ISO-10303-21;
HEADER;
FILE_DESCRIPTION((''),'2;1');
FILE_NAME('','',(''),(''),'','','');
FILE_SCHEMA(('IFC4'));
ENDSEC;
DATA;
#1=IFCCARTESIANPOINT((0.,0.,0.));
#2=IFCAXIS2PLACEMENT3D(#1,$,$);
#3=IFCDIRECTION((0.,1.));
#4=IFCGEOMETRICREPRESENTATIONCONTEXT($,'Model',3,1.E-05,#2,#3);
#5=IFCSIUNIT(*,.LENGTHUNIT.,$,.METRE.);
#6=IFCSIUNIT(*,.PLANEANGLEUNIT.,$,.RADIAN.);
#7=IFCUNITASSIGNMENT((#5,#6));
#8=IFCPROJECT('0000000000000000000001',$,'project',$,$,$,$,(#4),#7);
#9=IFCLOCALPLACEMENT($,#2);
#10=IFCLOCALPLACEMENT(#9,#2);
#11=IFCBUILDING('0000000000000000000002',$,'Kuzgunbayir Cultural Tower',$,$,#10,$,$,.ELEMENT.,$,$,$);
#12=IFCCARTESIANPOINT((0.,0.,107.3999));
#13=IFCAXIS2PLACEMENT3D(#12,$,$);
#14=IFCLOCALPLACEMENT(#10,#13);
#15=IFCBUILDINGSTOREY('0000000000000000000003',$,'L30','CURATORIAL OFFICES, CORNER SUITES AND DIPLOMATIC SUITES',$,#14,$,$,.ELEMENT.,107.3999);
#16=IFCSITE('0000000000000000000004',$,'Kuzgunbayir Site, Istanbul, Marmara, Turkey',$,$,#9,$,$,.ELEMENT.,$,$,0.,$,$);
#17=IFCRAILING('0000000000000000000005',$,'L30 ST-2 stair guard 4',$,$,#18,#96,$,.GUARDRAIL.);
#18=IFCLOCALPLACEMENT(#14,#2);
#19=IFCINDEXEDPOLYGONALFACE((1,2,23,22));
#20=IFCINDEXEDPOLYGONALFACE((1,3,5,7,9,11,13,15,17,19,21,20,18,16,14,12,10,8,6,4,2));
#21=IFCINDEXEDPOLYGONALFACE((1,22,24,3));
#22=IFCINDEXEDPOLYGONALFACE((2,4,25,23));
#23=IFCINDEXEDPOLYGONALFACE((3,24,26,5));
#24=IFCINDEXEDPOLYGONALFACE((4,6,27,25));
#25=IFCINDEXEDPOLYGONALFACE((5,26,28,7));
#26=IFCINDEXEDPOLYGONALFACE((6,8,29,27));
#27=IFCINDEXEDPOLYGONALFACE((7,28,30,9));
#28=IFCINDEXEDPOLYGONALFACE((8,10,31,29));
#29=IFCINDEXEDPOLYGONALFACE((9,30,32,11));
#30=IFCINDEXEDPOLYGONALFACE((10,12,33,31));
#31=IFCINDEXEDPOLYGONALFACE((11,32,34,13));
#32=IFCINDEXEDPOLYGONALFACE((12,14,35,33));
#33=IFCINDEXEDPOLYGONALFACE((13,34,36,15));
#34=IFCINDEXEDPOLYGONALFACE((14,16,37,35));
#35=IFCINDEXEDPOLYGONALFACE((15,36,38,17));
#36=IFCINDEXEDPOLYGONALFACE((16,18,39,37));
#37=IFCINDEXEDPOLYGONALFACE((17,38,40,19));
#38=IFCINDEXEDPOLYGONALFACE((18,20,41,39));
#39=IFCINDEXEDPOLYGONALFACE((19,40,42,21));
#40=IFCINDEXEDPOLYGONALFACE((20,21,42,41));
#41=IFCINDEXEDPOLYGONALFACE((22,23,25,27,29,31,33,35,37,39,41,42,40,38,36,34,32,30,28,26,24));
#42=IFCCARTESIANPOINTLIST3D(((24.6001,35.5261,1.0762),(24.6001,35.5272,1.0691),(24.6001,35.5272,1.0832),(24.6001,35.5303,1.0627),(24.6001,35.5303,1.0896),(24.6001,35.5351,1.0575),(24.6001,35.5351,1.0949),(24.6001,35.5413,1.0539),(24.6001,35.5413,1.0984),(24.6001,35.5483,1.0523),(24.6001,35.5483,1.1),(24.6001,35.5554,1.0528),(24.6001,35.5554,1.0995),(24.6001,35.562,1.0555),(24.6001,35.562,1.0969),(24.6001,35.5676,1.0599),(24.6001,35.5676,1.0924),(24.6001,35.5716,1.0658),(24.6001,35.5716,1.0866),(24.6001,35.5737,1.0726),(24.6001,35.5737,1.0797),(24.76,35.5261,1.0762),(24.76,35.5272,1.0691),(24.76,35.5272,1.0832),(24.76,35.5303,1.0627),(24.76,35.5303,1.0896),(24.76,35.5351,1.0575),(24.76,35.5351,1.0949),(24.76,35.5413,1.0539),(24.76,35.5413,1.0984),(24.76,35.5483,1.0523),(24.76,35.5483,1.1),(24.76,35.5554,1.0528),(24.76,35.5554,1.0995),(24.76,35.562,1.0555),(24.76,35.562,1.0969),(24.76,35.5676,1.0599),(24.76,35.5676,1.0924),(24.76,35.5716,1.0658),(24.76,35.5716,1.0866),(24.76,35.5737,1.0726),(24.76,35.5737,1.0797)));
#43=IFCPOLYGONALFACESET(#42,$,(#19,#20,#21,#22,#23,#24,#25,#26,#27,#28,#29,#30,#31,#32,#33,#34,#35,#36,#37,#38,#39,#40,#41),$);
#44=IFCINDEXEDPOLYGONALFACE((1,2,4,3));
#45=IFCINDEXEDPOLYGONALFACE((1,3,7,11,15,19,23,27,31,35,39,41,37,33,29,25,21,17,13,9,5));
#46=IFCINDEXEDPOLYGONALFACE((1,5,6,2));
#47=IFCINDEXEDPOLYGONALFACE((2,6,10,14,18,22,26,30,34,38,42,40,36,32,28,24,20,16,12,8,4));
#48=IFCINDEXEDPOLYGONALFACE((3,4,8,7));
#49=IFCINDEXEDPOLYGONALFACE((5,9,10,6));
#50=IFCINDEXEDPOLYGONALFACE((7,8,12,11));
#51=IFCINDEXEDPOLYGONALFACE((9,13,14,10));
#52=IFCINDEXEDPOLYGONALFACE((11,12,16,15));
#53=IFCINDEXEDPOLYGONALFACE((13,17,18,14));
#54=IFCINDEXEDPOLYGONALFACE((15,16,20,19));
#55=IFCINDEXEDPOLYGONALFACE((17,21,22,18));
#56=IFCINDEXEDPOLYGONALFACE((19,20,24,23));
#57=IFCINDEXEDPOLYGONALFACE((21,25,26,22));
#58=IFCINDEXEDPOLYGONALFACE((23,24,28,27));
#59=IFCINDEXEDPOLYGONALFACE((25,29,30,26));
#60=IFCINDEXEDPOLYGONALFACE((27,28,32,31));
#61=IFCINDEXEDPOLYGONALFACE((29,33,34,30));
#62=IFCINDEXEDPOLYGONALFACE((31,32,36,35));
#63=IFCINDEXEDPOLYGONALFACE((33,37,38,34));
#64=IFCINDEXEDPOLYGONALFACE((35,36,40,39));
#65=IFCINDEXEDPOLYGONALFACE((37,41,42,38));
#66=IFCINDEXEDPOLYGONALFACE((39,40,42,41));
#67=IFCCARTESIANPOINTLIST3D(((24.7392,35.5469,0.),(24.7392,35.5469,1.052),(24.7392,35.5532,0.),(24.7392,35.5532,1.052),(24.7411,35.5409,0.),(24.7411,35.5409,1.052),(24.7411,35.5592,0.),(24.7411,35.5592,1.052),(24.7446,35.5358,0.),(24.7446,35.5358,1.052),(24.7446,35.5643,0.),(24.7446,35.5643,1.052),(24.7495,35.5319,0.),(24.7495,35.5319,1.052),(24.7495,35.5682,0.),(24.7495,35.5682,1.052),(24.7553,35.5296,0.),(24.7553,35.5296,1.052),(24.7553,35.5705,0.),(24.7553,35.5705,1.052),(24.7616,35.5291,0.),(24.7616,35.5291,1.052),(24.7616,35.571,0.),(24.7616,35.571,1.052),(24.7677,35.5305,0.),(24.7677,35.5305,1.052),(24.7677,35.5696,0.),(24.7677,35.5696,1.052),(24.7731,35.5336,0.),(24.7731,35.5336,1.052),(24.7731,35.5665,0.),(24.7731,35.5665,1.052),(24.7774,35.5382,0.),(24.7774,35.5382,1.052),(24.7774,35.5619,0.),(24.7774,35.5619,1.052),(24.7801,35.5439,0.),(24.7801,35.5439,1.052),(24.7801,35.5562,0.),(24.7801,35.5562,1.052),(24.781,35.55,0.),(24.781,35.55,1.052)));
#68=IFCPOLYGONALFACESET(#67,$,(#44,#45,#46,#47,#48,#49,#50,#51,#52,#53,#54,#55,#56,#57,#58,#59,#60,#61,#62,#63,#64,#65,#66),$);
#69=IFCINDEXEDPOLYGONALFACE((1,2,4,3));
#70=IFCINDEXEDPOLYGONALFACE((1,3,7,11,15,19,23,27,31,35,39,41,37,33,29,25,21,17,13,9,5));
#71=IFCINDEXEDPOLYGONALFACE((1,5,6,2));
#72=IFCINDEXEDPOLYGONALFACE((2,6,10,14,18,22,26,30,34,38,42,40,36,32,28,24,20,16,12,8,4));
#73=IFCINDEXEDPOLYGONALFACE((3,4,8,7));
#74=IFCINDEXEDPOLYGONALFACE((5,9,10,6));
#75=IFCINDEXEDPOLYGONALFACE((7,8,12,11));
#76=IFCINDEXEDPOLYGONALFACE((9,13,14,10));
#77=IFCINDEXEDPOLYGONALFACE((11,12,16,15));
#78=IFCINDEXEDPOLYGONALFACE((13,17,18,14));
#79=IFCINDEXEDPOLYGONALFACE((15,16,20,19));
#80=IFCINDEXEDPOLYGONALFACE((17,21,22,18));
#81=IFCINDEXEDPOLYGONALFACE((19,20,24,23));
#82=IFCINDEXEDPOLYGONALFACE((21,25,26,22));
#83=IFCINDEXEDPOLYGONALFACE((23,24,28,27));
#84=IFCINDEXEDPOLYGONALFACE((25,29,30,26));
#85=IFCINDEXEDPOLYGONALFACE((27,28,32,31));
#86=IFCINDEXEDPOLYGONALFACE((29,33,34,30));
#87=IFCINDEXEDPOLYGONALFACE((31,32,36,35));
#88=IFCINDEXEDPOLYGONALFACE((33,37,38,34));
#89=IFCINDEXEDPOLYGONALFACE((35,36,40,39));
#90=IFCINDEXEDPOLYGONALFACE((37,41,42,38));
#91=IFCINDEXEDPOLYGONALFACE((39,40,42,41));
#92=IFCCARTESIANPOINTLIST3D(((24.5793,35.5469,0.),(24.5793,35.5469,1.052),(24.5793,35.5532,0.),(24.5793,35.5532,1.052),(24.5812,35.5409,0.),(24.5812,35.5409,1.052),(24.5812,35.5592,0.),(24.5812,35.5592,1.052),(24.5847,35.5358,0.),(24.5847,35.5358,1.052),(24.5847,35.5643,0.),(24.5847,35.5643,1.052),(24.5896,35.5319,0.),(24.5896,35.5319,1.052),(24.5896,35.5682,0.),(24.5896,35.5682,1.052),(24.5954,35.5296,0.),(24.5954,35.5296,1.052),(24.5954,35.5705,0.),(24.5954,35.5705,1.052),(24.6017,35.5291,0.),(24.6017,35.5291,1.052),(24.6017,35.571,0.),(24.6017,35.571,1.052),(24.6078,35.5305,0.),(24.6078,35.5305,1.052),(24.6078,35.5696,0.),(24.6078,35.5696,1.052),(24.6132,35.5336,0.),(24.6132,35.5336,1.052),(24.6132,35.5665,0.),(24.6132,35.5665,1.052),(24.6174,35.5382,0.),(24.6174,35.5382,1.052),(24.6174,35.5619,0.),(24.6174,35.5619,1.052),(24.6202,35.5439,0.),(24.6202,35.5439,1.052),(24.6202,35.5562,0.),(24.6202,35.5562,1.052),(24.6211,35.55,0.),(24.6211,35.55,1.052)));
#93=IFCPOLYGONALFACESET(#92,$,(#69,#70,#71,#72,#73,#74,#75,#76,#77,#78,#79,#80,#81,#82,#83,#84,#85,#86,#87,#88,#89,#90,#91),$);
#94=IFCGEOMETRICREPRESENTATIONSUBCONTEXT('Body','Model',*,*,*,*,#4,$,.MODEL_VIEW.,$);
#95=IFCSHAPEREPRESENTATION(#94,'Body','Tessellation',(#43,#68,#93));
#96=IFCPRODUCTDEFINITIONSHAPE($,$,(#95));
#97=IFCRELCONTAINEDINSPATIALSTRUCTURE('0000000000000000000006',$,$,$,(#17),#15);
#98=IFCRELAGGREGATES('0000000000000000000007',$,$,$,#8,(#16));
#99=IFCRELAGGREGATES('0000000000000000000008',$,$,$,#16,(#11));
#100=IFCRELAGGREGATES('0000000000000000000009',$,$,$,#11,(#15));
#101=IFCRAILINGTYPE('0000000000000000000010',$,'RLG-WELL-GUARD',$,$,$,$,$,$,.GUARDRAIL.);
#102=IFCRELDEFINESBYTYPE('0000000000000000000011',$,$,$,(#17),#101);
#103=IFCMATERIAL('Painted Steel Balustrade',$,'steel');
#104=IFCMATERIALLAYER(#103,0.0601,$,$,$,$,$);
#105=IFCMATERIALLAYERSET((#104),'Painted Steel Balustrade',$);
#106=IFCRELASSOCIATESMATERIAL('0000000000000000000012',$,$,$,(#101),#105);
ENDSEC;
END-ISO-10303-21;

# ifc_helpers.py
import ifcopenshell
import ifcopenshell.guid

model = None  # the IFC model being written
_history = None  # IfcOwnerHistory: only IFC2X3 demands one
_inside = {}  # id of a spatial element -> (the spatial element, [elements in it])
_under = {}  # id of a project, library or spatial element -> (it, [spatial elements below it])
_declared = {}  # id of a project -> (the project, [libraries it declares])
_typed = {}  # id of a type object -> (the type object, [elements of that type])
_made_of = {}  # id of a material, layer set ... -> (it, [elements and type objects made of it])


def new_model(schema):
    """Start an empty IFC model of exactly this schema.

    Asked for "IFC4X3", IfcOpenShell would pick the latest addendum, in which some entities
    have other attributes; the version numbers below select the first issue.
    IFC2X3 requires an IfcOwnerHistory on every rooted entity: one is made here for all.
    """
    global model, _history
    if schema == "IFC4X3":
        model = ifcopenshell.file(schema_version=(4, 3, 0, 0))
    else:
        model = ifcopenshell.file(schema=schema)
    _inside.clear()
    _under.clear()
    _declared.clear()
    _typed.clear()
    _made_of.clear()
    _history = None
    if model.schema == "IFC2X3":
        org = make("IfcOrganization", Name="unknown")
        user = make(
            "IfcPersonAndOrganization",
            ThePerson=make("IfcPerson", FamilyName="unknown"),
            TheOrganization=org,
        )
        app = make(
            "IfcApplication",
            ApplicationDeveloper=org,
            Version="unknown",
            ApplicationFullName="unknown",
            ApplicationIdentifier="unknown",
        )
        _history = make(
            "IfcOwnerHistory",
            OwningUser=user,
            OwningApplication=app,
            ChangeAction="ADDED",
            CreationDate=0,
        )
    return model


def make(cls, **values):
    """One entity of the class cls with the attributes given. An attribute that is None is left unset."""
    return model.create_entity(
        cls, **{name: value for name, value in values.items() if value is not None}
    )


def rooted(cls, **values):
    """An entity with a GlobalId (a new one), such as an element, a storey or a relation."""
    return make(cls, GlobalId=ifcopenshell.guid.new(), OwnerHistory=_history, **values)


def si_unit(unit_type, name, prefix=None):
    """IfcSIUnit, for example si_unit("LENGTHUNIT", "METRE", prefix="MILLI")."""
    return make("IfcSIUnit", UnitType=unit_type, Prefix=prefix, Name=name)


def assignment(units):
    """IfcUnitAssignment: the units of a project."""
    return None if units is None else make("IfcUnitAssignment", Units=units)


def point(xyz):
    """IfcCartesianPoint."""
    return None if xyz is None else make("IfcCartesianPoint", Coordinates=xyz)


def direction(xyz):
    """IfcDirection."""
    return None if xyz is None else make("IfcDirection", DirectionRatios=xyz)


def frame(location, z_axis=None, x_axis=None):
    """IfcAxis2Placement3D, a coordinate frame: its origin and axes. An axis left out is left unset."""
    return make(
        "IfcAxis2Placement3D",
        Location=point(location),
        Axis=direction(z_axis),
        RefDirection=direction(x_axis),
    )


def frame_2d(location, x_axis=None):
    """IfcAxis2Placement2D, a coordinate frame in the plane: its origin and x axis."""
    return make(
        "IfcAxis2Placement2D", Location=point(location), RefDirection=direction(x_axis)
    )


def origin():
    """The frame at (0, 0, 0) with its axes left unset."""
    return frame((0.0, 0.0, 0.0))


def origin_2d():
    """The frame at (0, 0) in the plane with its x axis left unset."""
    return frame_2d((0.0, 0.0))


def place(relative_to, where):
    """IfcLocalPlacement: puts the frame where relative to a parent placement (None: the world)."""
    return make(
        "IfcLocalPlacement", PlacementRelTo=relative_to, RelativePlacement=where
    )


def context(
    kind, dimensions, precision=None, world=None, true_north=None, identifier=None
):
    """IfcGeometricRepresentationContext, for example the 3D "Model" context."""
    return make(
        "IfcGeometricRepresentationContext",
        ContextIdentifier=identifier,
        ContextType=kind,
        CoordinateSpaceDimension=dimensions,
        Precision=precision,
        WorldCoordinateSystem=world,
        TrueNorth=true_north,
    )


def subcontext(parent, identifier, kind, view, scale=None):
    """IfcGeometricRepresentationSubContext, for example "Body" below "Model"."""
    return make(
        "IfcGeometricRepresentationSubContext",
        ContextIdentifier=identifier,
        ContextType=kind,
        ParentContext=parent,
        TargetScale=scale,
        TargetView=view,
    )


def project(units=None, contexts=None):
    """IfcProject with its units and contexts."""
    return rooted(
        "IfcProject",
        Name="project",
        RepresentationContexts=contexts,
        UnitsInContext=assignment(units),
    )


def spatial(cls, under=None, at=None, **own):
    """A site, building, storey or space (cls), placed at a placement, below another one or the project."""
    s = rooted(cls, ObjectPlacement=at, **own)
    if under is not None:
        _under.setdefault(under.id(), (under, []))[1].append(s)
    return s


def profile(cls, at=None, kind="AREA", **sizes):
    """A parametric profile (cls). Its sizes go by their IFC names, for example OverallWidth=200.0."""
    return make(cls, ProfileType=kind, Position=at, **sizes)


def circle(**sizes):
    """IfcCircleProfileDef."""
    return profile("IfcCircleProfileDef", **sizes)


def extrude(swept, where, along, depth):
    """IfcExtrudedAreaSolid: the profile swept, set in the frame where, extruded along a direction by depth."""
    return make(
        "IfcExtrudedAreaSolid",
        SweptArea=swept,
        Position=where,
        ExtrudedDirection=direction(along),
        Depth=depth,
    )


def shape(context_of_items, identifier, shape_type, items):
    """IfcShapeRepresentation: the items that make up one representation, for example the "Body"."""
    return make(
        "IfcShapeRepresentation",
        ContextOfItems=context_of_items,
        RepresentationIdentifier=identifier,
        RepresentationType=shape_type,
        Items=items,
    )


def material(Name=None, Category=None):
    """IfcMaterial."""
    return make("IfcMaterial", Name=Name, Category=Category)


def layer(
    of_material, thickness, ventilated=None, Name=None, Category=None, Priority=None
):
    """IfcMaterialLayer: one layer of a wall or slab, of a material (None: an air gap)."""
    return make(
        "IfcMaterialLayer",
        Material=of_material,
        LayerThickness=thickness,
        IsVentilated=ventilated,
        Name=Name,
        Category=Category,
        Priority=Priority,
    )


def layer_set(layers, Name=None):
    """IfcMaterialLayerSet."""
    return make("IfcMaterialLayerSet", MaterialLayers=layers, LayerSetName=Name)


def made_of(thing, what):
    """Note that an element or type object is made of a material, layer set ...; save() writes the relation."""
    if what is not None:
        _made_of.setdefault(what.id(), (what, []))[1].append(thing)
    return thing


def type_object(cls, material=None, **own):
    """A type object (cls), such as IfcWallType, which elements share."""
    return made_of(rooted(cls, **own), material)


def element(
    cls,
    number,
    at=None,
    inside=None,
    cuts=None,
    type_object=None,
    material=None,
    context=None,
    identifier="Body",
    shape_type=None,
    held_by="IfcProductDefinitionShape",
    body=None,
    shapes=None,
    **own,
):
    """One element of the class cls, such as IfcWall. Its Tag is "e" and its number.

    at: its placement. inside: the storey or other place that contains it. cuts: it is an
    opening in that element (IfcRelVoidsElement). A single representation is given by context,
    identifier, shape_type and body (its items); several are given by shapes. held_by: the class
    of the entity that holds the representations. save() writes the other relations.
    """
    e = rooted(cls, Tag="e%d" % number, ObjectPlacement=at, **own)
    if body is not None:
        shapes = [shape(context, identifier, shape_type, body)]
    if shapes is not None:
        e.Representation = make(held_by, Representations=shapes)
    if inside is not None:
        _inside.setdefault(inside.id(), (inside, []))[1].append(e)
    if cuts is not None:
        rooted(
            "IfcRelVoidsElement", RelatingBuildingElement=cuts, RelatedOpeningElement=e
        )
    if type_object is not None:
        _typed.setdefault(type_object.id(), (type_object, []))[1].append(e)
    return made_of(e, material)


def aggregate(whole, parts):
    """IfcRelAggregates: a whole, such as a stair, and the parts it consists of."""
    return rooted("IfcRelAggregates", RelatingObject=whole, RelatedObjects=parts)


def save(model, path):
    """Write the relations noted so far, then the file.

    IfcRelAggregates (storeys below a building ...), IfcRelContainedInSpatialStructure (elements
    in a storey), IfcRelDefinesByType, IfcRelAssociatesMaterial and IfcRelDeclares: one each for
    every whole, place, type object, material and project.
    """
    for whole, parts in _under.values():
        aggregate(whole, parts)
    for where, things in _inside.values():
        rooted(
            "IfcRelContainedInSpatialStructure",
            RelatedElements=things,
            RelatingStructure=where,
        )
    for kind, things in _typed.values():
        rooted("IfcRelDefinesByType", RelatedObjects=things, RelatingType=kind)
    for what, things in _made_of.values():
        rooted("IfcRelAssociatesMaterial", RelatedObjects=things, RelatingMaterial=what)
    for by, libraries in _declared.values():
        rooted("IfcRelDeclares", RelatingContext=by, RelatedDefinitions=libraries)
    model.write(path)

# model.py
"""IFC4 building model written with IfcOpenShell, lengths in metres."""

from ifc_helpers import new_model, si_unit, direction, frame, origin, origin_2d, place, context, subcontext, project, spatial, circle, extrude, material, layer, layer_set, type_object, element, save


model = new_model("IFC4")

# Units and contexts
model_context = context("Model", 3, precision=1e-05, world=origin(), true_north=direction((0.0, 1.0)))
body_context = subcontext(model_context, "Body", "Model", "MODEL_VIEW")
ifc_project = project(units=[si_unit("LENGTHUNIT", "METRE"), si_unit("PLANEANGLEUNIT", "RADIAN")], contexts=[model_context])

# Site, building, storey
site_placement = place(None, origin())
site = spatial("IfcSite", under=ifc_project, at=site_placement, Name="Kuzgunbayir Site, Istanbul, Marmara, Turkey", CompositionType="ELEMENT", RefElevation=0.0)
building_placement = place(site_placement, origin())
building = spatial("IfcBuilding", under=site, at=building_placement, Name="Kuzgunbayir Cultural Tower", CompositionType="ELEMENT")
storey_placement = place(building_placement, frame((0.0, 0.0, 107.3999)))
storey = spatial("IfcBuildingStorey", under=building, at=storey_placement, Name="L30", Description="CURATORIAL OFFICES, CORNER SUITES AND DIPLOMATIC SUITES", CompositionType="ELEMENT", Elevation=107.3999)

# Railing
ifc_material_1 = material(Name="Painted Steel Balustrade", Category="steel")
ifc_layer_1 = layer(ifc_material_1, 0.0601)
ifc_layer_set_1 = layer_set([ifc_layer_1], Name="Painted Steel Balustrade")
railing_type_1 = type_object("IfcRailingType", Name="RLG-WELL-GUARD", PredefinedType="GUARDRAIL", material=ifc_layer_set_1)
railing_1_placement = place(storey_placement, frame((24.76, 35.55, 0.0)))
element("IfcRailing", 1, at=railing_1_placement, inside=storey, type_object=railing_type_1, Name="L30 ST-2 stair guard 4", PredefinedType="GUARDRAIL", context=body_context, shape_type="SweptSolid", body=[
    extrude(circle(Radius=0.0239, at=origin_2d()), frame((0.0, 0.0, 1.0762), z_axis=(-1.0, 0.0, 0.0), x_axis=(0.0, -1.0, 0.0)), (0.0, 0.0, 1.0), 0.1599),
    extrude(circle(Radius=0.021, at=origin_2d()), origin(), (0.0, 0.0, 1.0), 1.052),
    extrude(circle(Radius=0.021, at=origin_2d()), frame((-0.1599, 0.0, 0.0)), (0.0, 0.0, 1.0), 1.052),
])

save(model, "model.ifc")
